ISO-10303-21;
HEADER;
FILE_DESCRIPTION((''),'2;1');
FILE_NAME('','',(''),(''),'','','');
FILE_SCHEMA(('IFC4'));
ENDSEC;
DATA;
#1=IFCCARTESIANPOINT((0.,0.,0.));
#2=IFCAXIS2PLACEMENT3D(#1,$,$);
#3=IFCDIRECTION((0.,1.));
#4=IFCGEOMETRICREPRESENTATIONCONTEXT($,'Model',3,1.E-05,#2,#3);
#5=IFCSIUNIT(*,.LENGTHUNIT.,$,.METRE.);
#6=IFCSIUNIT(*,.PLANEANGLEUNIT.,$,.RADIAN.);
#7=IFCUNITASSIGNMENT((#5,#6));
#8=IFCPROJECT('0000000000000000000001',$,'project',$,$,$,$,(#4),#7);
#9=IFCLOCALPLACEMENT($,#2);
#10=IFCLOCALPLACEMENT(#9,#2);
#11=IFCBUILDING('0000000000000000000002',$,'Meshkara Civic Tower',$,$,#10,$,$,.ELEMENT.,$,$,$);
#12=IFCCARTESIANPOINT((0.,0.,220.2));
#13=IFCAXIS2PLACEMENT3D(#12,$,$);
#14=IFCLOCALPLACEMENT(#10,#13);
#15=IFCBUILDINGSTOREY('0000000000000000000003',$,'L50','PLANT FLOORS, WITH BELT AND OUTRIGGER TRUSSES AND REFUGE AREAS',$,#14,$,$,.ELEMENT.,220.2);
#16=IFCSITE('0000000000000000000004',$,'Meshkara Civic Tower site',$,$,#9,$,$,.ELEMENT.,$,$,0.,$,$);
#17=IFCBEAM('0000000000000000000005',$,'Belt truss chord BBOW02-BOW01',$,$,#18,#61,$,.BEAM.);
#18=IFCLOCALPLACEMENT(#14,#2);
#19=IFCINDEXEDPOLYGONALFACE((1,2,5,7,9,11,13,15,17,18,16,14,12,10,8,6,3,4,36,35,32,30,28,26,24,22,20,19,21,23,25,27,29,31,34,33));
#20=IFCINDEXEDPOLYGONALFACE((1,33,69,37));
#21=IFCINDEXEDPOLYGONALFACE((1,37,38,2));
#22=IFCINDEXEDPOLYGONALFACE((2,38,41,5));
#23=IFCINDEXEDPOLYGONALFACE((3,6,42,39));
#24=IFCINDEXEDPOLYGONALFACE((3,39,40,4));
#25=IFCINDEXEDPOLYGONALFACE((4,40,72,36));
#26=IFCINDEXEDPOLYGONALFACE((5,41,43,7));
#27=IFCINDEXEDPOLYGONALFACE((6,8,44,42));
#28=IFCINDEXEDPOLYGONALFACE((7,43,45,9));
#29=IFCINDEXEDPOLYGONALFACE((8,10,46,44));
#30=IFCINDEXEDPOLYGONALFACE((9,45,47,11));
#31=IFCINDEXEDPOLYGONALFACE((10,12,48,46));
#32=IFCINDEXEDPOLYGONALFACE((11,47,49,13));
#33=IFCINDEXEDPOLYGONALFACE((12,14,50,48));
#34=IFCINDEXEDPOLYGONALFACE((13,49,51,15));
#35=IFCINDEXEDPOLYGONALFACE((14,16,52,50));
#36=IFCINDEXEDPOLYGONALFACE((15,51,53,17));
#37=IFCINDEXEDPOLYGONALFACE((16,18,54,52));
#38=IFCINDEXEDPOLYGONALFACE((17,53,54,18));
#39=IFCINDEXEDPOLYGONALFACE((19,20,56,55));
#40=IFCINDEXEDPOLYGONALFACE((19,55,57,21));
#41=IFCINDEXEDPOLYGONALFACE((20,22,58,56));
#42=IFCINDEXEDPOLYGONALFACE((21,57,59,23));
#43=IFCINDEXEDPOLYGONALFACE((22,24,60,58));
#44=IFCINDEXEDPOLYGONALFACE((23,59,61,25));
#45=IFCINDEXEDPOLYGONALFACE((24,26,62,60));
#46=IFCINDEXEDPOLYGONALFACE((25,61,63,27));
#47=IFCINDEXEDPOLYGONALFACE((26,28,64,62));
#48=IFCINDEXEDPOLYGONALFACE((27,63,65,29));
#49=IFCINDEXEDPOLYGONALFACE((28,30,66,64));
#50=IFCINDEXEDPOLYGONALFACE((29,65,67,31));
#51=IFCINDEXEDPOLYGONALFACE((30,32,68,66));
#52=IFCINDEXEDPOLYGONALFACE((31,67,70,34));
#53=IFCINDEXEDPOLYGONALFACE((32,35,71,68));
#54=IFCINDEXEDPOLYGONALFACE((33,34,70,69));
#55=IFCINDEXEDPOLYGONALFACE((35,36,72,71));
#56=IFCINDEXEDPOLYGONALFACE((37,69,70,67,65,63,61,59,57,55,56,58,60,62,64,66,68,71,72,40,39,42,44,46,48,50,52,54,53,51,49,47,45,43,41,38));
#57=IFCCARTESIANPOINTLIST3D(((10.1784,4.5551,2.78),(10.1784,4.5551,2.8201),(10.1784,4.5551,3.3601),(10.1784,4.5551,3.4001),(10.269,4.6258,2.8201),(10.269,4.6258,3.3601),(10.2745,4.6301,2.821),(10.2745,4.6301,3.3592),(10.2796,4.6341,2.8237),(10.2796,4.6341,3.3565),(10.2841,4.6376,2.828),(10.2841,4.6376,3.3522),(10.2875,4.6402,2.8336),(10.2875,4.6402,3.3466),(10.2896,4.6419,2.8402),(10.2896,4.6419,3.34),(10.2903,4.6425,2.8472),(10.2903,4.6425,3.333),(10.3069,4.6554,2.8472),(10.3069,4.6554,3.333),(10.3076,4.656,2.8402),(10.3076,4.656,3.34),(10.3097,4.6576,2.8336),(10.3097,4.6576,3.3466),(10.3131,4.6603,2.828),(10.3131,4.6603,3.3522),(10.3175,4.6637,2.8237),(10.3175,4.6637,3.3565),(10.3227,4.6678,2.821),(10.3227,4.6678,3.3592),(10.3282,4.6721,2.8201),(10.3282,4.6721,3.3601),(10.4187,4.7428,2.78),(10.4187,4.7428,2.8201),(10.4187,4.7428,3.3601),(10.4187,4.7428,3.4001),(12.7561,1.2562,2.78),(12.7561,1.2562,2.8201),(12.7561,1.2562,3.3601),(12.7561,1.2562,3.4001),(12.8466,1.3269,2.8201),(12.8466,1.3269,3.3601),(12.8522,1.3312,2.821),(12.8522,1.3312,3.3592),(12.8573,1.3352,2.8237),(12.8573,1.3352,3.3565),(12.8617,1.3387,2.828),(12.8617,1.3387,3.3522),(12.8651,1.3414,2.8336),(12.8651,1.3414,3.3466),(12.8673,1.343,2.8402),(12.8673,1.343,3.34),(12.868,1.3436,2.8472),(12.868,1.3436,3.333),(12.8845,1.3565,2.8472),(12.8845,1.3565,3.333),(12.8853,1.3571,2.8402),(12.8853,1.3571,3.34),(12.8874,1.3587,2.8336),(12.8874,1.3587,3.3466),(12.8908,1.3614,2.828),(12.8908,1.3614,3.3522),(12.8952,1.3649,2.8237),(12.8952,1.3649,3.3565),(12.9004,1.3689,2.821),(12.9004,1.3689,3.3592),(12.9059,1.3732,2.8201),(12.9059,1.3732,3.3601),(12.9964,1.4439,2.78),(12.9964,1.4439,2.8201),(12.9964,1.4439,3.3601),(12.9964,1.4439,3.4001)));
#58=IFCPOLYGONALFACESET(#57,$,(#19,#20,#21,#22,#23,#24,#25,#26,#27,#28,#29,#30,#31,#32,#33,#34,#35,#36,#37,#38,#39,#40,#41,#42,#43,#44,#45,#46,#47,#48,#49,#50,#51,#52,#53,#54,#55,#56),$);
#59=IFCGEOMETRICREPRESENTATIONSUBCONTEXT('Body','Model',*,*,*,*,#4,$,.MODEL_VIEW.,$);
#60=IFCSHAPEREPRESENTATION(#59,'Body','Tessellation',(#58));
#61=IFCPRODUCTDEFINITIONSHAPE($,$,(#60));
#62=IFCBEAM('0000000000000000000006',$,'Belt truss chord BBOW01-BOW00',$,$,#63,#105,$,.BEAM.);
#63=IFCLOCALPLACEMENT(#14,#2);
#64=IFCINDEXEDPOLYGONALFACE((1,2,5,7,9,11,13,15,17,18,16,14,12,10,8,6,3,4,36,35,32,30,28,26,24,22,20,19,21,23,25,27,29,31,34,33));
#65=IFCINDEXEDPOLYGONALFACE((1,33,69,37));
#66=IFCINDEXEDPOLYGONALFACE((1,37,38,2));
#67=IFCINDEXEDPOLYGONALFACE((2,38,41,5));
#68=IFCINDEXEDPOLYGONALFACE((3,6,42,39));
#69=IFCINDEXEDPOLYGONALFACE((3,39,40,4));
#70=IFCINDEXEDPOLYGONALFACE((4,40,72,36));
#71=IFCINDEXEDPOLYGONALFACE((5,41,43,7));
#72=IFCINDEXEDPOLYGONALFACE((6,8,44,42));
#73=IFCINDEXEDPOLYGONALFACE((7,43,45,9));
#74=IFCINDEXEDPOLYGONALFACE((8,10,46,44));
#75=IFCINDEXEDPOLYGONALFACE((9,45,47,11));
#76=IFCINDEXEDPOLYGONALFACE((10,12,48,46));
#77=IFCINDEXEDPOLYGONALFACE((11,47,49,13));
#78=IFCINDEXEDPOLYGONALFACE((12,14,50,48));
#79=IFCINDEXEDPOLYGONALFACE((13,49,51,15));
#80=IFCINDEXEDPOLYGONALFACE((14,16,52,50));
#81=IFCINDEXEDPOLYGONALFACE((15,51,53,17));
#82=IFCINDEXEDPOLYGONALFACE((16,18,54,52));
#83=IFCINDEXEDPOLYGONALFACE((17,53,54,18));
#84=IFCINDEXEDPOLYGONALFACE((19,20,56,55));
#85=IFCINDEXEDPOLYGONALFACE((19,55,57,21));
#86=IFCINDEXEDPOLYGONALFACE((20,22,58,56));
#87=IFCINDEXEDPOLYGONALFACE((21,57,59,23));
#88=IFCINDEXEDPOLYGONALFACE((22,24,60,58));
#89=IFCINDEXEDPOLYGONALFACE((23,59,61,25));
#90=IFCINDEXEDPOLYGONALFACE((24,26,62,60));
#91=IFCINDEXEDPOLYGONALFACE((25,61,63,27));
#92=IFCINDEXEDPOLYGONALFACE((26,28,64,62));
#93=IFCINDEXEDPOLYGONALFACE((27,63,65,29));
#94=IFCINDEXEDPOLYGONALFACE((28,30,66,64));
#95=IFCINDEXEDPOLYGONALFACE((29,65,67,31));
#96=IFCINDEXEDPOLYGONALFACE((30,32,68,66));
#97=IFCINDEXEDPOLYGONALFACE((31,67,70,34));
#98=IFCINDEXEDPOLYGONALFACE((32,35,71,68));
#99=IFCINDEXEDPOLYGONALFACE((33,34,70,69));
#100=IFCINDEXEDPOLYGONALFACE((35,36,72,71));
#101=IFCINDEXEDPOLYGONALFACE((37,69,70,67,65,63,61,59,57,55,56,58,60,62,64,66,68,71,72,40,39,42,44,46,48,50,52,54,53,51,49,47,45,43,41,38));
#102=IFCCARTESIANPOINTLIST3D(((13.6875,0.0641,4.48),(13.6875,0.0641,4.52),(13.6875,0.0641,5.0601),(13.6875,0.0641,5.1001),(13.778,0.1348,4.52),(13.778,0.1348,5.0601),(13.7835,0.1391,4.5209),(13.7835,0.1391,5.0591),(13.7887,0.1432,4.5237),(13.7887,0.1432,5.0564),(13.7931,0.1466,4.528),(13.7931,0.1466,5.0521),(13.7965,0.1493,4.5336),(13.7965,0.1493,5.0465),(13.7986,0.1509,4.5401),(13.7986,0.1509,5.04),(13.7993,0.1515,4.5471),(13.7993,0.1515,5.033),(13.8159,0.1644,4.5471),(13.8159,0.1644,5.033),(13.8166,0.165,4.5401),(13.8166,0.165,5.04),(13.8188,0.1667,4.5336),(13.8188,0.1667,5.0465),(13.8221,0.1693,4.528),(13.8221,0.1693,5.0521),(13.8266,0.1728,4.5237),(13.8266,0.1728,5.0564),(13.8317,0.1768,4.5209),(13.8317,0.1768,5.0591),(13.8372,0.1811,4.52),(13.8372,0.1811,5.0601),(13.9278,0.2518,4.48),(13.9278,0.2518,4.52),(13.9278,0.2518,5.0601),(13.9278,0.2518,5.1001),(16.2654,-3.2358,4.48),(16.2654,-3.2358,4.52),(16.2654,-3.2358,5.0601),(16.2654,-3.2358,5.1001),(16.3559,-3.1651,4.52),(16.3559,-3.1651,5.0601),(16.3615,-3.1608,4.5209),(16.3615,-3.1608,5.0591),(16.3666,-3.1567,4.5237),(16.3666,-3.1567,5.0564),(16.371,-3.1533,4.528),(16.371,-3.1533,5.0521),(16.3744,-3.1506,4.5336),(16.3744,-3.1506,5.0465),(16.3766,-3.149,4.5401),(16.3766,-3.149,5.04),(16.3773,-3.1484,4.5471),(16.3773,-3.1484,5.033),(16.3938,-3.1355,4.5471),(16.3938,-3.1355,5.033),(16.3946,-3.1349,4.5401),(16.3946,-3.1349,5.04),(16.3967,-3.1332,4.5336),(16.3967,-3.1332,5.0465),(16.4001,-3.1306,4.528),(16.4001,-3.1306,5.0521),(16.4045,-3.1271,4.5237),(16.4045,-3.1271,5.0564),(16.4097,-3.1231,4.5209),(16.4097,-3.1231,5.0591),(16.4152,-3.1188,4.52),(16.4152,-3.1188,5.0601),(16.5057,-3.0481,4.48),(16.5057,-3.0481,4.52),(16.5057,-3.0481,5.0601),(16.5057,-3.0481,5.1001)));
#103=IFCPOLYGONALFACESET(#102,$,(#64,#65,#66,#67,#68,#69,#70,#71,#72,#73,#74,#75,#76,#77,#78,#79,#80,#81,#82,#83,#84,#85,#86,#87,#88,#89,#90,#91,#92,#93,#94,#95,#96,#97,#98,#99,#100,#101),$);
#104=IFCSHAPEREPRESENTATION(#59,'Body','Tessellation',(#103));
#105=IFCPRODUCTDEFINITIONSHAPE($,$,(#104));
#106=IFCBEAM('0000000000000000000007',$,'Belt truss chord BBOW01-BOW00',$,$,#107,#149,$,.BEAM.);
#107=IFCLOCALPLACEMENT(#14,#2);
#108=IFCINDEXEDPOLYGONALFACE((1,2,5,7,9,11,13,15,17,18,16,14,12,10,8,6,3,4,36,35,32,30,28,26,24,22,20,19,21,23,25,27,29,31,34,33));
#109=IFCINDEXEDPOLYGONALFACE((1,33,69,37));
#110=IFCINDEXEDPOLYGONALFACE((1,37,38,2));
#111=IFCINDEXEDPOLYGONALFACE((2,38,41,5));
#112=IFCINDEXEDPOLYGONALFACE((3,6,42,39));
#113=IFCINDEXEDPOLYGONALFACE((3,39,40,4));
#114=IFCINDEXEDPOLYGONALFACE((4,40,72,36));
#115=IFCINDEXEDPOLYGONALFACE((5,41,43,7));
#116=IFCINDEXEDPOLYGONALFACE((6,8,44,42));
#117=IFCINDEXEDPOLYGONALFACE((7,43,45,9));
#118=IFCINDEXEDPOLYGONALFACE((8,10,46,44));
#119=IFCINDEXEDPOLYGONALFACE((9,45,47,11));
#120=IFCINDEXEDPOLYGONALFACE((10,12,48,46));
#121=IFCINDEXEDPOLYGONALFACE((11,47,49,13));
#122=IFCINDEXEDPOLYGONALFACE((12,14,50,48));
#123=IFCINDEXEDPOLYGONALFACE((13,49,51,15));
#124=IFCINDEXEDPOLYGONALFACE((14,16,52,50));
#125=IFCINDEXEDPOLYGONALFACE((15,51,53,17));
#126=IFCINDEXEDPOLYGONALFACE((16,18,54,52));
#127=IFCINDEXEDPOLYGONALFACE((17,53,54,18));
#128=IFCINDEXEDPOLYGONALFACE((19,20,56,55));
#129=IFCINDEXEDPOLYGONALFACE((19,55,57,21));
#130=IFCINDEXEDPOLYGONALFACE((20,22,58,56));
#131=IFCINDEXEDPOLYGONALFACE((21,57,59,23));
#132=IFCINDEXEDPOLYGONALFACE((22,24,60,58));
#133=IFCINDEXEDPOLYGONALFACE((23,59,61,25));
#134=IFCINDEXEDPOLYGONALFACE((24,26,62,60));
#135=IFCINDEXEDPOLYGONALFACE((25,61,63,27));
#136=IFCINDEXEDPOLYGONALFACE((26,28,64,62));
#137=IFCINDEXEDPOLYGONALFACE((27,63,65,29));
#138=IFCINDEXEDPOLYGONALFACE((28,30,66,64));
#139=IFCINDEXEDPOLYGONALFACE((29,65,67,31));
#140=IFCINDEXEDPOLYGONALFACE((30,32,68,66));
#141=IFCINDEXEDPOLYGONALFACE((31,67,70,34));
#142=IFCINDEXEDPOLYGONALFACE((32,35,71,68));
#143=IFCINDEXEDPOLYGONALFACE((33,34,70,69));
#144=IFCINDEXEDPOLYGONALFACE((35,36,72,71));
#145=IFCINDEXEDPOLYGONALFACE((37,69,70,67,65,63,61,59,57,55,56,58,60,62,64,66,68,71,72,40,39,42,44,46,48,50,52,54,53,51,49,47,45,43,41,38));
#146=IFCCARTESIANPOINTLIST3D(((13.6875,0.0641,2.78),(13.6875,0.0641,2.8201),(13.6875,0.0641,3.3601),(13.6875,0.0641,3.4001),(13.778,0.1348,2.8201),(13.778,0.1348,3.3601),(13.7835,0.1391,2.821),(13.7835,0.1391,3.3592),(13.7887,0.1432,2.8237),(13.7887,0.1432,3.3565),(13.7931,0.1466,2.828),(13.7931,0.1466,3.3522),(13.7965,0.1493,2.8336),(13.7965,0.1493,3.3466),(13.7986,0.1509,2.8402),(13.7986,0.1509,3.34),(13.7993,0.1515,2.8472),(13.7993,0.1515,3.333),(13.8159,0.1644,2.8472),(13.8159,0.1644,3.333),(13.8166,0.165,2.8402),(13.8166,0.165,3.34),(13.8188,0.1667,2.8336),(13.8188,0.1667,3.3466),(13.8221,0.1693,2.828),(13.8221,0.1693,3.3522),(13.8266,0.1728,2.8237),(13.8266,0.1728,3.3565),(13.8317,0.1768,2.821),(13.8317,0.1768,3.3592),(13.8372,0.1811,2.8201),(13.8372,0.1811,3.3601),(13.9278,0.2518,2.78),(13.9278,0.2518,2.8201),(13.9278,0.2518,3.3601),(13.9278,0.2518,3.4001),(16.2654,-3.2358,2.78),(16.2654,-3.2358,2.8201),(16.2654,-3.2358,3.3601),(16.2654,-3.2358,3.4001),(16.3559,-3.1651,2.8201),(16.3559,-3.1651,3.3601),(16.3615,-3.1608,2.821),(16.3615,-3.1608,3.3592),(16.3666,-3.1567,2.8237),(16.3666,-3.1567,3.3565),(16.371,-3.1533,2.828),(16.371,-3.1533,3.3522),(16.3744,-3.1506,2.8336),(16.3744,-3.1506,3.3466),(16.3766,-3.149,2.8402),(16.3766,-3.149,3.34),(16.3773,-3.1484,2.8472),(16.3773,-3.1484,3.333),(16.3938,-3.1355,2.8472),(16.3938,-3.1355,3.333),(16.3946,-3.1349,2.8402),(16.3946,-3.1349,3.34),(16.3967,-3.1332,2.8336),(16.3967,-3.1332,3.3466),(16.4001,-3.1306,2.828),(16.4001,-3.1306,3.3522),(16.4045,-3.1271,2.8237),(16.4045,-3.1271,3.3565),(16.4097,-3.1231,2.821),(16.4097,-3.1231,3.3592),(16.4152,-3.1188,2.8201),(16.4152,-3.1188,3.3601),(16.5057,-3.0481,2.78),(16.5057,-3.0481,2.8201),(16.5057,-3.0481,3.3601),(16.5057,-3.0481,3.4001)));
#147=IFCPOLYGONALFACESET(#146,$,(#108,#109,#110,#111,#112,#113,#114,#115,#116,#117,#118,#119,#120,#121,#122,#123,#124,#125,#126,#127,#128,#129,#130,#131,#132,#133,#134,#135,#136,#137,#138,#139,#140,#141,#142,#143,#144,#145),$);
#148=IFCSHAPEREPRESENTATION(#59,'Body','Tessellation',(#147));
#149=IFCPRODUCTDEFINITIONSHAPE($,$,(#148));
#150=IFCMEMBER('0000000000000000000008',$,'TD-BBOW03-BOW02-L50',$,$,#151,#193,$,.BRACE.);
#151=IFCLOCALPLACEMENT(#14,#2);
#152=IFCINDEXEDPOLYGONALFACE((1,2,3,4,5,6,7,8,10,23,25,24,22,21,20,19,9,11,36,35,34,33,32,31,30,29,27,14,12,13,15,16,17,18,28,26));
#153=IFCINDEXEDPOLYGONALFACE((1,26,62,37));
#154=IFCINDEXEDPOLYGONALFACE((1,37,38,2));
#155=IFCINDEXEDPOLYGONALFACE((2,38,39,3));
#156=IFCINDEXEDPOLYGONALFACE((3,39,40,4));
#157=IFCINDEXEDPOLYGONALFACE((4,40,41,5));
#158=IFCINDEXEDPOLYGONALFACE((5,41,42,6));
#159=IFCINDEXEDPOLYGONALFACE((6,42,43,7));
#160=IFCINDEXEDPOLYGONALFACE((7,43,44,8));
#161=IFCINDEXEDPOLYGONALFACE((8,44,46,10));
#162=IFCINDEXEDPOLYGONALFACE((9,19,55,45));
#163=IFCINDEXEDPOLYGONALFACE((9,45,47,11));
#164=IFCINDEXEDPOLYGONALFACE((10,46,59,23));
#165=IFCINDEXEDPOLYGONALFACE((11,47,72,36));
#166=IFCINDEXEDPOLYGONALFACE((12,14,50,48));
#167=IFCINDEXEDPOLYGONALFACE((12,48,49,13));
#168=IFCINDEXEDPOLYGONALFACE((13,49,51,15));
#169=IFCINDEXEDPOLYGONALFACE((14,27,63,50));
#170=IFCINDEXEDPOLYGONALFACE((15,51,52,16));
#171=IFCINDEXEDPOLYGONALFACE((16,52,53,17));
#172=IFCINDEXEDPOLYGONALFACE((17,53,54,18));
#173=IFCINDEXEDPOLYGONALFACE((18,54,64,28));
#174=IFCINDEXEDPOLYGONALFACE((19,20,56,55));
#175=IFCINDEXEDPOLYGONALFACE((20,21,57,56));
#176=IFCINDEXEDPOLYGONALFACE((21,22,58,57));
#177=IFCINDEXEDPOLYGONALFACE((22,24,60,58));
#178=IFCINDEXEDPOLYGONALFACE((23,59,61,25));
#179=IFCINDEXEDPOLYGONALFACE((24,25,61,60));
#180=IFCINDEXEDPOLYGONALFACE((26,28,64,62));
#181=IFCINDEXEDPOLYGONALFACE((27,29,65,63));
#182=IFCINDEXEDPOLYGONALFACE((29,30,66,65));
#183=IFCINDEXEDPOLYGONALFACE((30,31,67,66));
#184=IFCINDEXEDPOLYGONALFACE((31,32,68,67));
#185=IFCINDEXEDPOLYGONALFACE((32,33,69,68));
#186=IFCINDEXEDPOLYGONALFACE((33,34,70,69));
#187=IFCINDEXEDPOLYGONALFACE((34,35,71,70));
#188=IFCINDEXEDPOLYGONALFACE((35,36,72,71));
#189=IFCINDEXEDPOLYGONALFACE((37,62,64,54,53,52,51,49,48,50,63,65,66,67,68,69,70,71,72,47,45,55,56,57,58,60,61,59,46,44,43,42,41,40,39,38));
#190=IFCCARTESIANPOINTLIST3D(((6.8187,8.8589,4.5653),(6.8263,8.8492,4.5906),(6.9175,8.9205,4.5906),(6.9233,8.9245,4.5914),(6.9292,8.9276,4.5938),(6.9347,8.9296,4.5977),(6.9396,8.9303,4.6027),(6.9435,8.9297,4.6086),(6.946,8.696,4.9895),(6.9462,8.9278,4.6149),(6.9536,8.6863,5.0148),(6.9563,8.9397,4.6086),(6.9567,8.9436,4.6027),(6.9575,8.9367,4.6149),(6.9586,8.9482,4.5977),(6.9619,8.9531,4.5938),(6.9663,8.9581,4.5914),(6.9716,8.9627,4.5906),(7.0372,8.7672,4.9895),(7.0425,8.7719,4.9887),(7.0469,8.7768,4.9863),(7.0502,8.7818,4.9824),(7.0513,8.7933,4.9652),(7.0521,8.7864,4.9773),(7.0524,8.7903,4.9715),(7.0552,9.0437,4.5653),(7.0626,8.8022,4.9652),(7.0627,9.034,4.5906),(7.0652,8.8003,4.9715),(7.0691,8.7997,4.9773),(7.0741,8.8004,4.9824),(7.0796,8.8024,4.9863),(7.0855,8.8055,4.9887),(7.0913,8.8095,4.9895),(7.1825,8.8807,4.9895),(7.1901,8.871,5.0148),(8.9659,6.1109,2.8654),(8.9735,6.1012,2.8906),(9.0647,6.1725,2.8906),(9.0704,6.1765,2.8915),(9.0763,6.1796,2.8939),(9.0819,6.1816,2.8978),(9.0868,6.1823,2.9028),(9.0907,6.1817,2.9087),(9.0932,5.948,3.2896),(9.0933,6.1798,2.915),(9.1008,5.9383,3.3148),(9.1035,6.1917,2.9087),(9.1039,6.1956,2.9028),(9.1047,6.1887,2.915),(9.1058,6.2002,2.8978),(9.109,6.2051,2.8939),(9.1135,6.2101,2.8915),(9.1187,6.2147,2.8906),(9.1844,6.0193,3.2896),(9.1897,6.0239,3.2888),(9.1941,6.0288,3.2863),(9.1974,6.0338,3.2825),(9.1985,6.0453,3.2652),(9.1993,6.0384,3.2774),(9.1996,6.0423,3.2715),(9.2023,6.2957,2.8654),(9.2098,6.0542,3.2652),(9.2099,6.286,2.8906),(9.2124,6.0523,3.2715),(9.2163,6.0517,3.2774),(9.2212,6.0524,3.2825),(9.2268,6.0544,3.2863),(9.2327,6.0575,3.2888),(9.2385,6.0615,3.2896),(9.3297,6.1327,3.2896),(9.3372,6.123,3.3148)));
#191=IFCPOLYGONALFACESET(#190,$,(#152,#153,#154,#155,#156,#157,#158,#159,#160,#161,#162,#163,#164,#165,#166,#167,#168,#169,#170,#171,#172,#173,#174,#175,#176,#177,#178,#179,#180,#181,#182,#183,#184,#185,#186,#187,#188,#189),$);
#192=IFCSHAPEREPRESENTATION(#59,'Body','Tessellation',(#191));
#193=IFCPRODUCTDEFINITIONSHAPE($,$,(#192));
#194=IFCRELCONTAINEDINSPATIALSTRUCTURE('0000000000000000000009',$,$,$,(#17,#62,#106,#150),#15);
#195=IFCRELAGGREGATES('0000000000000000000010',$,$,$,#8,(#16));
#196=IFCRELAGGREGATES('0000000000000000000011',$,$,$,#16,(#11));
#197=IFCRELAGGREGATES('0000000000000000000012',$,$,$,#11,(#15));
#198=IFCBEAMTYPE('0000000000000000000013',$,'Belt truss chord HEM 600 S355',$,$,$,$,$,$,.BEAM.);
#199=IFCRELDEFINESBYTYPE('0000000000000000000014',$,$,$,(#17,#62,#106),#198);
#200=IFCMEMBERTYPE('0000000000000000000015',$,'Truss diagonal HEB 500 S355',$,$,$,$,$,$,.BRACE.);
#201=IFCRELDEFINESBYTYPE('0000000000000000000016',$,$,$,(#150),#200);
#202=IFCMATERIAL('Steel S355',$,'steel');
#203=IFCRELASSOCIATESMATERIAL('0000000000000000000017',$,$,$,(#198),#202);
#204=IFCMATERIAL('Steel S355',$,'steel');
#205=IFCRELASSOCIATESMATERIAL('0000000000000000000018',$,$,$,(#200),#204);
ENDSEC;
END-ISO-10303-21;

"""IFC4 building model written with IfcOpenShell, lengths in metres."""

from ifc_helpers import new_model, si_unit, direction, frame, origin, origin_2d, place, context, subcontext, project, spatial, i_section, extrude, material, material_profile, profile_set, type_object, element, save


model = new_model("IFC4")

# Units and contexts
model_context = context("Model", 3, precision=1e-05, world=origin(), true_north=direction((0.0, 1.0)))
body_context = subcontext(model_context, "Body", "Model", "MODEL_VIEW")
ifc_project = project(units=[si_unit("LENGTHUNIT", "METRE"), si_unit("PLANEANGLEUNIT", "RADIAN")], contexts=[model_context])

# Site, building, storey
site_placement = place(None, origin())
site = spatial("IfcSite", under=ifc_project, at=site_placement, Name="Meshkara Civic Tower site", CompositionType="ELEMENT", RefElevation=0.0)
building_placement = place(site_placement, origin())
building = spatial("IfcBuilding", under=site, at=building_placement, Name="Meshkara Civic Tower", CompositionType="ELEMENT")
storey_placement = place(building_placement, frame((0.0, 0.0, 220.2)))
storey = spatial("IfcBuildingStorey", under=building, at=storey_placement, Name="L50", Description="PLANT FLOORS, WITH BELT AND OUTRIGGER TRUSSES AND REFUGE AREAS", CompositionType="ELEMENT", Elevation=220.2)

# Beams
ifc_material_1 = material(Name="Steel S355", Category="steel")
ifc_material_profile_1 = material_profile(ifc_material_1, i_section(OverallWidth=0.3049, OverallDepth=0.6201, WebThickness=0.021, FlangeThickness=0.04, FilletRadius=0.0271, at=origin_2d()))
ifc_profile_set_1 = profile_set([ifc_material_profile_1], Name="Steel S355")
beam_type = type_object("IfcBeamType", Name="Belt truss chord HEM 600 S355", PredefinedType="BEAM", material=ifc_profile_set_1)
for number, where, z_axis, x_axis, name in (
    (1, (10.2986, 4.6489, 3.0901), (0.615707, -0.787975, 0.0), (0.787975, 0.615707, 0.0), "Belt truss chord BBOW02-BOW01"),
):
    element("IfcBeam", number, at=place(storey_placement, frame(where, z_axis=z_axis, x_axis=x_axis)), inside=storey, type_object=beam_type, Name=name, PredefinedType="BEAM", context=body_context, shape_type="SweptSolid", body=[
        extrude(i_section(OverallWidth=0.3049, OverallDepth=0.6201, WebThickness=0.021, FlangeThickness=0.04, FilletRadius=0.0271, at=origin_2d()), origin(), (0.0, 0.0, 1.0), 4.1865),
    ])
for number, where, z_axis, x_axis, name in (
    (2, (13.8076, 0.158, 4.79), (0.61563, -0.788035, 0.0), (0.788035, 0.61563, 0.0), "Belt truss chord BBOW01-BOW00"),
    (3, (13.8076, 0.158, 3.0901), (0.61563, -0.788035, 0.0), (0.788035, 0.61563, 0.0), "Belt truss chord BBOW01-BOW00"),
):
    element("IfcBeam", number, at=place(storey_placement, frame(where, z_axis=z_axis, x_axis=x_axis)), inside=storey, type_object=beam_type, Name=name, PredefinedType="BEAM", context=body_context, shape_type="SweptSolid", body=[
        extrude(i_section(OverallWidth=0.3049, OverallDepth=0.6201, WebThickness=0.021, FlangeThickness=0.04, FilletRadius=0.0271, at=origin_2d()), origin(), (0.0, 0.0, 1.0), 4.1875),
    ])

# Member
ifc_material_2 = material(Name="Steel S355", Category="steel")
ifc_material_profile_2 = material_profile(ifc_material_2, i_section(OverallWidth=0.3, OverallDepth=0.5, WebThickness=0.0144, FlangeThickness=0.0281, FilletRadius=0.0271, at=origin_2d()))
ifc_profile_set_2 = profile_set([ifc_material_profile_2], Name="Steel S355")
member_type = type_object("IfcMemberType", Name="Truss diagonal HEB 500 S355", PredefinedType="BRACE", material=ifc_profile_set_2)
member_1_placement = place(storey_placement, frame((7.0044, 8.865, 4.79), z_axis=(0.553448, -0.708313, -0.438165), x_axis=(0.787982, 0.615698, 0.0)))
element("IfcMember", 4, at=member_1_placement, inside=storey, type_object=member_type, Name="TD-BBOW03-BOW02-L50", PredefinedType="BRACE", context=body_context, shape_type="SweptSolid", body=[
    extrude(i_section(OverallWidth=0.3, OverallDepth=0.5, WebThickness=0.0144, FlangeThickness=0.0281, FilletRadius=0.0271, at=origin_2d()), origin(), (0.0, 0.0, 1.0), 3.8796),
])

save(model, "model.ifc")
